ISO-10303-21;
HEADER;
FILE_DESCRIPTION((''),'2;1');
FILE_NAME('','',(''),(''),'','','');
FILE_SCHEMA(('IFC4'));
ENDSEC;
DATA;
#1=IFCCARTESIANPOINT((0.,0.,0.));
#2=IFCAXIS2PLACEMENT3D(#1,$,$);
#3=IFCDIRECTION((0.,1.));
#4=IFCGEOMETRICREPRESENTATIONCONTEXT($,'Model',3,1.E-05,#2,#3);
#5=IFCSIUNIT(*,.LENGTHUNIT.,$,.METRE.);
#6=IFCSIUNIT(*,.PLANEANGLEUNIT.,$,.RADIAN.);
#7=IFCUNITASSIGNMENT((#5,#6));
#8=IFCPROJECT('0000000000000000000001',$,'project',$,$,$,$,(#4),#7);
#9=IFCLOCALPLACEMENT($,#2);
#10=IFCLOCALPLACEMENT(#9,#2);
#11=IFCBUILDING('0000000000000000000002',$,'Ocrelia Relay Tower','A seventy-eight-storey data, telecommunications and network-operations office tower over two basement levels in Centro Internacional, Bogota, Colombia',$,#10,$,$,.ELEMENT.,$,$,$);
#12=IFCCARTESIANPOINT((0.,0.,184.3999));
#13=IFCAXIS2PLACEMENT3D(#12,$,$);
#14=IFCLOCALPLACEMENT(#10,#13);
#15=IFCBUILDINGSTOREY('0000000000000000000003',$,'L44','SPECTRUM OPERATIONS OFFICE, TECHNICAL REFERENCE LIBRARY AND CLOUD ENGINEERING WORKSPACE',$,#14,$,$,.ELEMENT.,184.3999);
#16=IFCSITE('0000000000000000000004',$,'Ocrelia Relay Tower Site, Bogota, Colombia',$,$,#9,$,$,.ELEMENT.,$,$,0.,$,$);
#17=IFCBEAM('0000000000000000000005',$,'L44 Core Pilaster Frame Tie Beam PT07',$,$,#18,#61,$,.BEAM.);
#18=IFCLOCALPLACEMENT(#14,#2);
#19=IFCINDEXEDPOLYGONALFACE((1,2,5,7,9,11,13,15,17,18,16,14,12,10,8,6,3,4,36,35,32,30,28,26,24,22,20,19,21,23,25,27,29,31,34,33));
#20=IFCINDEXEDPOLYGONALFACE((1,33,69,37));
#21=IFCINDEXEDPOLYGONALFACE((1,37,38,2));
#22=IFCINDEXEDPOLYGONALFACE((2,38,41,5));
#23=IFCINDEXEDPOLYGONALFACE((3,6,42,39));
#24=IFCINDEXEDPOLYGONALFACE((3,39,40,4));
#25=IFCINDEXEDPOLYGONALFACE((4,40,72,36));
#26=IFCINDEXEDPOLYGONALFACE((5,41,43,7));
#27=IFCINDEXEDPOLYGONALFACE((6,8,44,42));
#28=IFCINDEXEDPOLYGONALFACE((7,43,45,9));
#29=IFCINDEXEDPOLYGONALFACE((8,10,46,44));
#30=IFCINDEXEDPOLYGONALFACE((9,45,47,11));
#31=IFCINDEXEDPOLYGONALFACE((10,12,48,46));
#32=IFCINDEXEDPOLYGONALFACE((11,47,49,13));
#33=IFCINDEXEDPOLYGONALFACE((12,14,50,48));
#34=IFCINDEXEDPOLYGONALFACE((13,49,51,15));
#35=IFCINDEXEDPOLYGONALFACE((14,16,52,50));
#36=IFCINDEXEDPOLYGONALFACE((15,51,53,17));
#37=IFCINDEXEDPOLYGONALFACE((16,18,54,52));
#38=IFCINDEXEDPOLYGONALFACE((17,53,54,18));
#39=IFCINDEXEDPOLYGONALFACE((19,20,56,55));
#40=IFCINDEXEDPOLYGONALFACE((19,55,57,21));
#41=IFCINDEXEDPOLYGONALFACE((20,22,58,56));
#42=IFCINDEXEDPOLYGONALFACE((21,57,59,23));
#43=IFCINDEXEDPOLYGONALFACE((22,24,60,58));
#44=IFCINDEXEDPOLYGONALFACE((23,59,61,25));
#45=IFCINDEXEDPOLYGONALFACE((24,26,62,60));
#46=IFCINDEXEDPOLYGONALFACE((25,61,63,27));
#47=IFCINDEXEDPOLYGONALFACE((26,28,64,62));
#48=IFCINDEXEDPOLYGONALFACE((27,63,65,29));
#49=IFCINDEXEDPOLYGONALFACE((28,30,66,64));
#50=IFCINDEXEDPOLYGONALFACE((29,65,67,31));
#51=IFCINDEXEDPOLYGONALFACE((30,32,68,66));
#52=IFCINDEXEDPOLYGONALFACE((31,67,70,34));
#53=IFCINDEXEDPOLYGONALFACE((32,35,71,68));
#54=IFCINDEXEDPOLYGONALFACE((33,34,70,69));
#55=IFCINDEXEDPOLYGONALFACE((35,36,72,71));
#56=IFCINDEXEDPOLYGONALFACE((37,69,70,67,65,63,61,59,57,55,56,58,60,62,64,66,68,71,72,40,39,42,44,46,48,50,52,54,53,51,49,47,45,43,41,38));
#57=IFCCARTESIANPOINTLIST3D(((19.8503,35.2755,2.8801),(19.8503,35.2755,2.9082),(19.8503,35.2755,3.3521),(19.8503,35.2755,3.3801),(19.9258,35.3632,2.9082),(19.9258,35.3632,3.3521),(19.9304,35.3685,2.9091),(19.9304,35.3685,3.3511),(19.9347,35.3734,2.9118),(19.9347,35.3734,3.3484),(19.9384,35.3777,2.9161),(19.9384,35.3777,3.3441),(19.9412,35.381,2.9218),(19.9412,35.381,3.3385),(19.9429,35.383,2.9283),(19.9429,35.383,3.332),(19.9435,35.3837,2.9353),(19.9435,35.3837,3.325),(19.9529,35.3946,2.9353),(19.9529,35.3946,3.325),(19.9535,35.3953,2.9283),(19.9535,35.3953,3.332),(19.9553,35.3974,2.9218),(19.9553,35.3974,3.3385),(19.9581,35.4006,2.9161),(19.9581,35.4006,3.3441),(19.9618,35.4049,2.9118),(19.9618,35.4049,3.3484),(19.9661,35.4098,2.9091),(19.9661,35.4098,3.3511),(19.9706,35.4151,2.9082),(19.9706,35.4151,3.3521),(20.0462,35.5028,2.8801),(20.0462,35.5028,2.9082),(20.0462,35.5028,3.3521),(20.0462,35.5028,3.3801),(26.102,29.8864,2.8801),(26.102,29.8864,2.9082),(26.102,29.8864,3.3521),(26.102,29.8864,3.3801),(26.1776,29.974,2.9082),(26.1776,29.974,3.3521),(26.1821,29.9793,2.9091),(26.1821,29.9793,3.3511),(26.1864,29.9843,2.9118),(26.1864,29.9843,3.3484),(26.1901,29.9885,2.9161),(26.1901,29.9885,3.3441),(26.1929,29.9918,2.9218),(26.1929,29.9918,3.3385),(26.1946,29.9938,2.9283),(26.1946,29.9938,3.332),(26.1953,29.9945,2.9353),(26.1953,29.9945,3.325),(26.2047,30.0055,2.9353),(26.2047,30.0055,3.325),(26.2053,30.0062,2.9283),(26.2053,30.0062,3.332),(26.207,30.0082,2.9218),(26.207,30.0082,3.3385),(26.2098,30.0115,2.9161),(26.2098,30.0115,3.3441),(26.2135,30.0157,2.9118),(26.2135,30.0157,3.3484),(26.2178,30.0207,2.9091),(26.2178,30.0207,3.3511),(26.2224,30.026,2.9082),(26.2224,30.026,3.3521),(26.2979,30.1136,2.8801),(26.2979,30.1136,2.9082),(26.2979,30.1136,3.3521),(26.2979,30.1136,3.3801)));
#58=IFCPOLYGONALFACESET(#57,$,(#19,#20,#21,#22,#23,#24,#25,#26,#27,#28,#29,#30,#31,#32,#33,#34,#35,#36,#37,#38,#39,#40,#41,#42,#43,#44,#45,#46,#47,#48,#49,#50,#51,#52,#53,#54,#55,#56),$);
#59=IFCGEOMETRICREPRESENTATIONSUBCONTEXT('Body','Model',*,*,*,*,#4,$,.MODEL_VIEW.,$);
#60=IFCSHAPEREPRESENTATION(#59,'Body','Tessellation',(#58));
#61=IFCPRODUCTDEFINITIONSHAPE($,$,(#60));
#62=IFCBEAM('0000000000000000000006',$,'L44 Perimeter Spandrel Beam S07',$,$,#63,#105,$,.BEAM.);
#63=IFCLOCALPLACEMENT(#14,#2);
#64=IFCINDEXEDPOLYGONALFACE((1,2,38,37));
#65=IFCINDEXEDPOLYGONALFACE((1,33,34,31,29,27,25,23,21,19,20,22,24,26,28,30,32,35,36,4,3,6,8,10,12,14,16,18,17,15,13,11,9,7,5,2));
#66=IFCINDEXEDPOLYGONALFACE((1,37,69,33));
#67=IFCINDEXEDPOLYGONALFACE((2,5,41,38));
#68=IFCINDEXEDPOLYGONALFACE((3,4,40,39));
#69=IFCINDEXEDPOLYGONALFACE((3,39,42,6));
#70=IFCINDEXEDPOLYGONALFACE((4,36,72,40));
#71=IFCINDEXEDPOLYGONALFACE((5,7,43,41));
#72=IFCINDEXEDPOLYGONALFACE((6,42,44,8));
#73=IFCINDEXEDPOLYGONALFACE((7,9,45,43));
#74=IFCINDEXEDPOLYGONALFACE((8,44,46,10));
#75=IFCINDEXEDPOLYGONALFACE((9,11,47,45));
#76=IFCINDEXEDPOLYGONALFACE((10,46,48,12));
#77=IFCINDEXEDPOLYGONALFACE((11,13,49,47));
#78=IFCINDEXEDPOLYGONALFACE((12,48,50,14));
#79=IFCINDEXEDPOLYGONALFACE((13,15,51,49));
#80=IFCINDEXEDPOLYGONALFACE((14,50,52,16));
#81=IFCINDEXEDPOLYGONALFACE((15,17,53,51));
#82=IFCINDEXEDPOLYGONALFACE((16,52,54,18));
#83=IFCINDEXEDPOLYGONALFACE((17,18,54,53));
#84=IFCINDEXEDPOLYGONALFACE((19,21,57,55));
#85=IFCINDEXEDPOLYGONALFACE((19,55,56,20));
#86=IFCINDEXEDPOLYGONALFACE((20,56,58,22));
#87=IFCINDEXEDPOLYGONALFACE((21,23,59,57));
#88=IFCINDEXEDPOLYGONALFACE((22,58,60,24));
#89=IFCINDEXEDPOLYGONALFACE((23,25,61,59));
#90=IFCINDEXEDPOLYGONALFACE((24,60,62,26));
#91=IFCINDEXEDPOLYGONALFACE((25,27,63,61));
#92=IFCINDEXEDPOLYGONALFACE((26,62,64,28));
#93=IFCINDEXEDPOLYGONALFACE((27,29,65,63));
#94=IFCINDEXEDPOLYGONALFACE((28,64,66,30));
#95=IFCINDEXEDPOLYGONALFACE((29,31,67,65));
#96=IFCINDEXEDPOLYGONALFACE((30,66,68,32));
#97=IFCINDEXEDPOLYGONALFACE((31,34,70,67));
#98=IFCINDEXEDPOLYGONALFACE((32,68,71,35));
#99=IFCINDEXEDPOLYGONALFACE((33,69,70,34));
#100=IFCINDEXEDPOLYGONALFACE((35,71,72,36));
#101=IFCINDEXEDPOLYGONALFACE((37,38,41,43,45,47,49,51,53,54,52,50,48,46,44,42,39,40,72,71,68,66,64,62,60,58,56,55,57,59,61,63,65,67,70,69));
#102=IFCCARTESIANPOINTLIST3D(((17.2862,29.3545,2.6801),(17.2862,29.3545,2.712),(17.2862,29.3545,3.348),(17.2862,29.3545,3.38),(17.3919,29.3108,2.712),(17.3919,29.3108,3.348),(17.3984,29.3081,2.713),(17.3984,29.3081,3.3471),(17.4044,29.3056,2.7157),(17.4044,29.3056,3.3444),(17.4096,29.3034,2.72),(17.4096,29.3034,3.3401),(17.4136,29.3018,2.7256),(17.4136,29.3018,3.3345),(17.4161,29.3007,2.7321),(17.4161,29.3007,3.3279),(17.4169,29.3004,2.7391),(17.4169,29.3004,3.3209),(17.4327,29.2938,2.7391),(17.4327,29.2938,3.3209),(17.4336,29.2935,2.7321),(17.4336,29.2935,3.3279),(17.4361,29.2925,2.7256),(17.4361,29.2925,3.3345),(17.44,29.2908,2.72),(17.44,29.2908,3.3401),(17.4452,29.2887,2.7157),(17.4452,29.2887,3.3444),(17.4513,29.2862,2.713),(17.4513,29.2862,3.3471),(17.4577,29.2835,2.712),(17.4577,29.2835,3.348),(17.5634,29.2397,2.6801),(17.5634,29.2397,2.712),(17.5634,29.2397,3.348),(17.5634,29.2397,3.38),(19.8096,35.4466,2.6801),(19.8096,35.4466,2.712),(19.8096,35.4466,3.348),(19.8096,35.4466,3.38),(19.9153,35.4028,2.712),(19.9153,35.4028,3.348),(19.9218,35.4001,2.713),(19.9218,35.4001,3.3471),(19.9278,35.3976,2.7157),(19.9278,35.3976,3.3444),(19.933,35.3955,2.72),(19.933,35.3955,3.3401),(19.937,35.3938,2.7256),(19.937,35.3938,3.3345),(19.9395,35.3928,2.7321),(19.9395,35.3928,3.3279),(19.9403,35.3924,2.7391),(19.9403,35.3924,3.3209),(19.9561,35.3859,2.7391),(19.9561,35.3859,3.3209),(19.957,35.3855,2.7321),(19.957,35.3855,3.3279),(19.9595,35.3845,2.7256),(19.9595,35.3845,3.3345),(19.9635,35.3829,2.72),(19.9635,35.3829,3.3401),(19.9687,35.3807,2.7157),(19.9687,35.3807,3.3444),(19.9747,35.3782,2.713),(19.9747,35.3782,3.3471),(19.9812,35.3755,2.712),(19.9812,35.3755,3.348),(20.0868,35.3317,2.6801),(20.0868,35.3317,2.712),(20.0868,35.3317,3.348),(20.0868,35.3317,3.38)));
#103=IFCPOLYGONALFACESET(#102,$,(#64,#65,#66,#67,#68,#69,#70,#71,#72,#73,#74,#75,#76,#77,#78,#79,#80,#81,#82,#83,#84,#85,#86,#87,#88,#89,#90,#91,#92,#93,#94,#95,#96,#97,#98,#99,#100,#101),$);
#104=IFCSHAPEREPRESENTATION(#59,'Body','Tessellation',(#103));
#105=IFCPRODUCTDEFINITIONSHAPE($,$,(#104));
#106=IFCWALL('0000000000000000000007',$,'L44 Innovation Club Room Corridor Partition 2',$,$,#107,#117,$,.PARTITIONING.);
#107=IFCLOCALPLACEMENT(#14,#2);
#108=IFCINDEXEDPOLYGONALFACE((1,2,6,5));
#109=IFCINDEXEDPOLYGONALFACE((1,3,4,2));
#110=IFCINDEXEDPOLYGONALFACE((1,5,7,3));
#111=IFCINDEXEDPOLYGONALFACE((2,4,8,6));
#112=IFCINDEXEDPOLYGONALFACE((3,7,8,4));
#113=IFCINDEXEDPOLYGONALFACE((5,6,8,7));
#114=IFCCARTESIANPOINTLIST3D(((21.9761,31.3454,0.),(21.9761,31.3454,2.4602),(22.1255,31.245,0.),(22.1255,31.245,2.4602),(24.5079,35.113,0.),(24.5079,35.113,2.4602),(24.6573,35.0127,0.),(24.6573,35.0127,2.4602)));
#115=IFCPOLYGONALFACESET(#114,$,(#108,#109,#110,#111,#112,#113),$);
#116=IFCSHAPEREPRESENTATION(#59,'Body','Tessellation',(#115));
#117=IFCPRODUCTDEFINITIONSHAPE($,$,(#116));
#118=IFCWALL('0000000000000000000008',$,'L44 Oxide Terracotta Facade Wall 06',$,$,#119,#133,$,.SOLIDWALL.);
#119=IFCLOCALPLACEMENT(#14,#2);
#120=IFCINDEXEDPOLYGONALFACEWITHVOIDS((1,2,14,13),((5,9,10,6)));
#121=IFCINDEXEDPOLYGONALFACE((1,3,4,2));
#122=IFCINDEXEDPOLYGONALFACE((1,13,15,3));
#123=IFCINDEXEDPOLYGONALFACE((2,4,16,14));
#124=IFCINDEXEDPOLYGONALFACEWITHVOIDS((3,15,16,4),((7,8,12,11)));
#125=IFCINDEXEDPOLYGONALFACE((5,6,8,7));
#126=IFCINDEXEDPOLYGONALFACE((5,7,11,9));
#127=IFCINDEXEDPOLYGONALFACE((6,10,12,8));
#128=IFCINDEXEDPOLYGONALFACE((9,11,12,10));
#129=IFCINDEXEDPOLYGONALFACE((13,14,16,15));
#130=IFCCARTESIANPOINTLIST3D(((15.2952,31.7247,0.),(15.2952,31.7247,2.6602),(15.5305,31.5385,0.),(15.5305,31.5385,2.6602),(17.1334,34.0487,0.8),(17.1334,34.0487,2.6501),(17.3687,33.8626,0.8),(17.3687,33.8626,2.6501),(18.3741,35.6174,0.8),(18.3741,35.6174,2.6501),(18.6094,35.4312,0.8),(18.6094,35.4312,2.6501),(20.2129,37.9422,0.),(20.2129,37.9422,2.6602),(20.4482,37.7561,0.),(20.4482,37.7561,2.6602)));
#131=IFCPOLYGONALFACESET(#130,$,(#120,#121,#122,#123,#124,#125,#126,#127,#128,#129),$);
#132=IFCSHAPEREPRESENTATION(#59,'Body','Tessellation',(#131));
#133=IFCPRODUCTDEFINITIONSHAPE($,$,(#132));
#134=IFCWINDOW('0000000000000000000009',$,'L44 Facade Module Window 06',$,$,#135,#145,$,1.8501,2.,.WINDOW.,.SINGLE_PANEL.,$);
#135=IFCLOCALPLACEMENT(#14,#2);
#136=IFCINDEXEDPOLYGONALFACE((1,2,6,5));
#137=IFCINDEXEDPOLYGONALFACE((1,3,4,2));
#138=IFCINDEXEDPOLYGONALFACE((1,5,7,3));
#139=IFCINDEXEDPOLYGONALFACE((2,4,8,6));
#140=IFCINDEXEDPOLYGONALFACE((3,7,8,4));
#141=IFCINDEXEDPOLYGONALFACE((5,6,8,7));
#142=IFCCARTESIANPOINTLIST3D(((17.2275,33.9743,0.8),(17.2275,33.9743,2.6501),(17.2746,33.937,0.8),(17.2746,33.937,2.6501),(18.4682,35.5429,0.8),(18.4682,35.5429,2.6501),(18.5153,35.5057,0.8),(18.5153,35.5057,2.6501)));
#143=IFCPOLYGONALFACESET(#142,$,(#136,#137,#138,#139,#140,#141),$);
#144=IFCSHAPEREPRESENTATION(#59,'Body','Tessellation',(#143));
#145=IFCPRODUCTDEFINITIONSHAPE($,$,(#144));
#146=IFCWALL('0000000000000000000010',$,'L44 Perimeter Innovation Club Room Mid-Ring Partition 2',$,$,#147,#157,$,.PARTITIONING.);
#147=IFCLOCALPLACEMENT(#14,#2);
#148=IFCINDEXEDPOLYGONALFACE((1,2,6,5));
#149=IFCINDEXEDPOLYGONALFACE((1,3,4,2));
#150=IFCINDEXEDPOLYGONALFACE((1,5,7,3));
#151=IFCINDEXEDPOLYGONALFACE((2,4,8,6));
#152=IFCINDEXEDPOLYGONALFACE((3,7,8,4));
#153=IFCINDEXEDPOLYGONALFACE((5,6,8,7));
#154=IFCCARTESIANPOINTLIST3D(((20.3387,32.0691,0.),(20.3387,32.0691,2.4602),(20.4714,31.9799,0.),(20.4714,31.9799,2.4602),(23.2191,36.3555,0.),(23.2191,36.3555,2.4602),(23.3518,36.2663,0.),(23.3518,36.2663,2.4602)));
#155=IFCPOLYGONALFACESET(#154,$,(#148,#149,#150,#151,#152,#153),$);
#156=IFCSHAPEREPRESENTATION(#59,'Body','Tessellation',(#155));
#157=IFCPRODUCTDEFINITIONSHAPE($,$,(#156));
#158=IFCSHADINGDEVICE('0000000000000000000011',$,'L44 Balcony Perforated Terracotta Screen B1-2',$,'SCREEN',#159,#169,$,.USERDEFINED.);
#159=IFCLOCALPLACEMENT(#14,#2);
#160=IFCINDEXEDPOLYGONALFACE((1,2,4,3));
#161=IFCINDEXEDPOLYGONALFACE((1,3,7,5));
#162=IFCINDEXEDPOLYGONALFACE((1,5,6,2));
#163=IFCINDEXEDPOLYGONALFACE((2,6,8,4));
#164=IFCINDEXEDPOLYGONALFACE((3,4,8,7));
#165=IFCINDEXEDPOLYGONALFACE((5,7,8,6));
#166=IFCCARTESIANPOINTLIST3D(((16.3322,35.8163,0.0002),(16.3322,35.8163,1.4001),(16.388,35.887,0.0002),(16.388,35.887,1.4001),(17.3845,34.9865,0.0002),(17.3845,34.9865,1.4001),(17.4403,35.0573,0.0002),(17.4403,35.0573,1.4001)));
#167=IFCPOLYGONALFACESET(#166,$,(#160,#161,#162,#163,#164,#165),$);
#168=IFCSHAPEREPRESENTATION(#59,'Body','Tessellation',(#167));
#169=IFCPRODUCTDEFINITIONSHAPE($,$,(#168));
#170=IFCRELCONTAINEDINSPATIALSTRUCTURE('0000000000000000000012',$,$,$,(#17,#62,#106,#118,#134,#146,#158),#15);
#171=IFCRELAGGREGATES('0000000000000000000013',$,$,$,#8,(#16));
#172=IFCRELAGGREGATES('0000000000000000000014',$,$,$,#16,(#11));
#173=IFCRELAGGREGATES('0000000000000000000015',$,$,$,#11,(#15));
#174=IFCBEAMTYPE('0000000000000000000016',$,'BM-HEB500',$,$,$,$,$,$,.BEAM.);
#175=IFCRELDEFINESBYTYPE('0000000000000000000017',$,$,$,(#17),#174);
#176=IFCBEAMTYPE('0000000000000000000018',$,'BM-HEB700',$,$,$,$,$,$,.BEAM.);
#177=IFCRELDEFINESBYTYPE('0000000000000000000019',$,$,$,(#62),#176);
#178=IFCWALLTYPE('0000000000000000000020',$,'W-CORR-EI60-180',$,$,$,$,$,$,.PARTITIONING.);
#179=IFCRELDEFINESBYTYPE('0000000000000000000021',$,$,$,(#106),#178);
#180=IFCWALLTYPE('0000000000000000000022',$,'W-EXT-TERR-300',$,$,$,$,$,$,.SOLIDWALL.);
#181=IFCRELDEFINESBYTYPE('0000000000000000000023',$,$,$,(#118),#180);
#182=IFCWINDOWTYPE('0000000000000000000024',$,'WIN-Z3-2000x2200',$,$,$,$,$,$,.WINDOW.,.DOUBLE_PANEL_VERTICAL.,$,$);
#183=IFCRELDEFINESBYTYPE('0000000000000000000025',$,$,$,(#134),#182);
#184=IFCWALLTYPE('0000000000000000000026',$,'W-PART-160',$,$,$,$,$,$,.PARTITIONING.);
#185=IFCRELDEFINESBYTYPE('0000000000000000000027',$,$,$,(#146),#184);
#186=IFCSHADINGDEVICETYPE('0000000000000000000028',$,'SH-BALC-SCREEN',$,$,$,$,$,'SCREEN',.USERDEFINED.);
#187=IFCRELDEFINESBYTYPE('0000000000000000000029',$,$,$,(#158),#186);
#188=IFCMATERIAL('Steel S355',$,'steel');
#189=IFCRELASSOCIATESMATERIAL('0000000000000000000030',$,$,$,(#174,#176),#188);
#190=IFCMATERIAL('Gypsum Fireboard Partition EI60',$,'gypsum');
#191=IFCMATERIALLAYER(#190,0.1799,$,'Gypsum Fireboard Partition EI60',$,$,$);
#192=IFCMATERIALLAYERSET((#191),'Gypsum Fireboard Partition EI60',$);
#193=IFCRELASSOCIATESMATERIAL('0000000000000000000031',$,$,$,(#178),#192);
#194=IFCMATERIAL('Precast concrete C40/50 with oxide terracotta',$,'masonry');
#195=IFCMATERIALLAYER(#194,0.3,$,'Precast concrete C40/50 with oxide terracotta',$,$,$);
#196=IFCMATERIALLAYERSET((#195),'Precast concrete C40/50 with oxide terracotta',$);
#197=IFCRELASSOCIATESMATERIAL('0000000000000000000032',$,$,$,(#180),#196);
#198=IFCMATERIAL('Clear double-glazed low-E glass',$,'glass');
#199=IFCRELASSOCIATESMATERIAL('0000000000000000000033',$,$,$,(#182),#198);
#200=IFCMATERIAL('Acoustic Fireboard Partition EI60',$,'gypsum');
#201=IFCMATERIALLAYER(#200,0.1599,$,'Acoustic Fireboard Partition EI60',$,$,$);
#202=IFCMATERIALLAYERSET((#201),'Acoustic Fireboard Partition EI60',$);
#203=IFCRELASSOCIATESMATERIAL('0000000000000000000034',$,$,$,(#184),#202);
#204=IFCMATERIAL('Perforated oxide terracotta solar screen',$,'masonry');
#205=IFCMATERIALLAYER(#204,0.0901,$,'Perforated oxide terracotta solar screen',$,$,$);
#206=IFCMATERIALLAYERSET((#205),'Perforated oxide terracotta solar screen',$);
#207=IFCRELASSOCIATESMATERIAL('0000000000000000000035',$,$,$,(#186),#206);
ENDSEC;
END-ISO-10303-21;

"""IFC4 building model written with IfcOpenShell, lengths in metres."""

from ifc_helpers import new_model, si_unit, direction, frame, frame_2d, origin, origin_2d, place, context, subcontext, project, spatial, rectangle, i_section, extrude, material, layer, layer_set, material_profile, profile_set, type_object, element, fill, save


model = new_model("IFC4")

# Units and contexts
model_context = context("Model", 3, precision=1e-05, world=origin(), true_north=direction((0.0, 1.0)))
body_context = subcontext(model_context, "Body", "Model", "MODEL_VIEW")
ifc_project = project(units=[si_unit("LENGTHUNIT", "METRE"), si_unit("PLANEANGLEUNIT", "RADIAN")], contexts=[model_context])

# Site, building, storey
site_placement = place(None, origin())
site = spatial("IfcSite", under=ifc_project, at=site_placement, Name="Ocrelia Relay Tower Site, Bogota, Colombia", CompositionType="ELEMENT", RefElevation=0.0)
building_placement = place(site_placement, origin())
building = spatial("IfcBuilding", under=site, at=building_placement, Name="Ocrelia Relay Tower", Description="A seventy-eight-storey data, telecommunications and network-operations office tower over two basement levels in Centro Internacional, Bogota, Colombia", CompositionType="ELEMENT")
storey_placement = place(building_placement, frame((0.0, 0.0, 184.3999)))
storey = spatial("IfcBuildingStorey", under=building, at=storey_placement, Name="L44", Description="SPECTRUM OPERATIONS OFFICE, TECHNICAL REFERENCE LIBRARY AND CLOUD ENGINEERING WORKSPACE", CompositionType="ELEMENT", Elevation=184.3999)

# Beams
ifc_material_1 = material(Name="Steel S355", Category="steel")
ifc_material_profile_1 = material_profile(ifc_material_1, i_section(OverallWidth=0.3, OverallDepth=0.5, WebThickness=0.0144, FlangeThickness=0.0281, FilletRadius=0.0271, at=origin_2d()), Name="HEB 500")
ifc_profile_set_1 = profile_set([ifc_material_profile_1], Name="Steel S355")
beam_type_1 = type_object("IfcBeamType", Name="BM-HEB500", PredefinedType="BEAM", material=ifc_profile_set_1)
beam_1_placement = place(storey_placement, frame((19.9482, 35.3892, 3.1301), z_axis=(0.757425, -0.652923, 0.0), x_axis=(0.652923, 0.757425, 0.0)))
element("IfcBeam", 1, at=beam_1_placement, inside=storey, type_object=beam_type_1, Name="L44 Core Pilaster Frame Tie Beam PT07", PredefinedType="BEAM", context=body_context, shape_type="SweptSolid", body=[
    extrude(i_section(OverallWidth=0.3, OverallDepth=0.5, WebThickness=0.0144, FlangeThickness=0.0281, FilletRadius=0.0271, at=origin_2d()), origin(), (0.0, 0.0, 1.0), 8.2539),
])
ifc_material_profile_2 = material_profile(ifc_material_1, i_section(OverallWidth=0.3, OverallDepth=0.7, WebThickness=0.0171, FlangeThickness=0.032, FilletRadius=0.0271, at=origin_2d()), Name="HEB 700")
ifc_profile_set_2 = profile_set([ifc_material_profile_2], Name="Steel S355")
beam_type_2 = type_object("IfcBeamType", Name="BM-HEB700", PredefinedType="BEAM", material=ifc_profile_set_2)
beam_2_placement = place(storey_placement, frame((19.9482, 35.3892, 3.03), z_axis=(-0.382688, -0.923878, 0.0), x_axis=(0.923878, -0.382688, 0.0)))
element("IfcBeam", 2, at=beam_2_placement, inside=storey, type_object=beam_type_2, Name="L44 Perimeter Spandrel Beam S07", PredefinedType="BEAM", context=body_context, shape_type="SweptSolid", body=[
    extrude(i_section(OverallWidth=0.3, OverallDepth=0.7, WebThickness=0.0171, FlangeThickness=0.032, FilletRadius=0.0271, at=origin_2d()), origin(), (0.0, 0.0, 1.0), 6.594),
])

# Wall
ifc_material_2 = material(Name="Gypsum Fireboard Partition EI60", Category="gypsum")
ifc_layer_1 = layer(ifc_material_2, 0.1799, Name="Gypsum Fireboard Partition EI60")
ifc_layer_set_1 = layer_set([ifc_layer_1], Name="Gypsum Fireboard Partition EI60")
wall_type_1 = type_object("IfcWallType", Name="W-CORR-EI60-180", PredefinedType="PARTITIONING", material=ifc_layer_set_1)
wall_1_placement = place(storey_placement, frame((24.5825, 35.0627, 0.0), z_axis=(0.0, 0.0, 1.0), x_axis=(-0.55775, -0.830009, 0.0)))
element("IfcWall", 3, at=wall_1_placement, inside=storey, type_object=wall_type_1, Name="L44 Innovation Club Room Corridor Partition 2", PredefinedType="PARTITIONING", context=body_context, shape_type="SweptSolid", body=[
    extrude(rectangle(XDim=4.5393, YDim=0.1799, at=frame_2d((2.2695, 0.0))), origin(), (0.0, 0.0, 1.0), 2.4602),
])

# Wall, opening, window
ifc_material_3 = material(Name="Precast concrete C40/50 with oxide terracotta", Category="masonry")
ifc_layer_2 = layer(ifc_material_3, 0.3, Name="Precast concrete C40/50 with oxide terracotta")
ifc_layer_set_2 = layer_set([ifc_layer_2], Name="Precast concrete C40/50 with oxide terracotta")
wall_type_2 = type_object("IfcWallType", Name="W-EXT-TERR-300", PredefinedType="SOLIDWALL", material=ifc_layer_set_2)
wall_2_placement = place(storey_placement, frame((20.3306, 37.8491, 0.0), z_axis=(0.0, 0.0, 1.0), x_axis=(-0.620355, -0.784321, 0.0)))
wall_2 = element("IfcWall", 4, at=wall_2_placement, inside=storey, type_object=wall_type_2, Name="L44 Oxide Terracotta Facade Wall 06", PredefinedType="SOLIDWALL", context=body_context, shape_type="SweptSolid", body=[
    extrude(rectangle(XDim=7.9272, YDim=0.3, at=frame_2d((3.9636, 0.0))), origin(), (0.0, 0.0, 1.0), 2.6602),
])
opening_placement = place(wall_2_placement, frame((2.9641, 0.0, 0.8)))
opening = element("IfcOpeningElement", 5, at=opening_placement, cuts=wall_2, PredefinedType="OPENING", context=body_context, shape_type="SweptSolid", body=[
    extrude(rectangle(XDim=2.0, YDim=1.8501, at=frame_2d((1.0, 0.925))), frame((0.0, 0.1602, 0.0), z_axis=(0.0, -1.0, 0.0), x_axis=(1.0, 0.0, 0.0)), (0.0, 0.0, 1.0), 0.3201),
])
ifc_material_4 = material(Name="Clear double-glazed low-E glass", Category="glass")
window_type = type_object("IfcWindowType", Name="WIN-Z3-2000x2200", PartitioningType="DOUBLE_PANEL_VERTICAL", PredefinedType="WINDOW", material=ifc_material_4)
window_placement = place(opening_placement, origin())
window = element("IfcWindow", 6, at=window_placement, inside=storey, type_object=window_type, Name="L44 Facade Module Window 06", OverallHeight=1.8501, OverallWidth=2.0, PartitioningType="SINGLE_PANEL", PredefinedType="WINDOW", context=body_context, shape_type="SweptSolid", body=[
    extrude(rectangle(XDim=2.0, YDim=1.8501, at=frame_2d((1.0, 0.925))), frame((0.0, 0.03, 0.0), z_axis=(0.0, -1.0, 0.0), x_axis=(1.0, 0.0, 0.0)), (0.0, 0.0, 1.0), 0.0601),
])
fill(opening, window)

# Wall
ifc_material_5 = material(Name="Acoustic Fireboard Partition EI60", Category="gypsum")
ifc_layer_3 = layer(ifc_material_5, 0.1599, Name="Acoustic Fireboard Partition EI60")
ifc_layer_set_3 = layer_set([ifc_layer_3], Name="Acoustic Fireboard Partition EI60")
wall_type_3 = type_object("IfcWallType", Name="W-PART-160", PredefinedType="PARTITIONING", material=ifc_layer_set_3)
wall_3_placement = place(storey_placement, frame((23.2854, 36.3108, 0.0), z_axis=(0.0, 0.0, 1.0), x_axis=(-0.557751, -0.830008, 0.0)))
element("IfcWall", 7, at=wall_3_placement, inside=storey, type_object=wall_type_3, Name="L44 Perimeter Innovation Club Room Mid-Ring Partition 2", PredefinedType="PARTITIONING", context=body_context, shape_type="SweptSolid", body=[
    extrude(rectangle(XDim=5.1643, YDim=0.1599, at=frame_2d((2.582, 0.0))), origin(), (0.0, 0.0, 1.0), 2.4602),
])

# Shading device
ifc_material_6 = material(Name="Perforated oxide terracotta solar screen", Category="masonry")
ifc_layer_4 = layer(ifc_material_6, 0.0901, Name="Perforated oxide terracotta solar screen")
ifc_layer_set_4 = layer_set([ifc_layer_4], Name="Perforated oxide terracotta solar screen")
shading_device_type_1 = type_object("IfcShadingDeviceType", Name="SH-BALC-SCREEN", ElementType="SCREEN", PredefinedType="USERDEFINED", material=ifc_layer_set_4)
shading_device_1_placement = place(storey_placement, frame((16.8862, 35.4368, 0.0002), z_axis=(0.0, 0.0, 1.0), x_axis=(-0.785274, 0.619149, 0.0)))
element("IfcShadingDevice", 8, at=shading_device_1_placement, inside=storey, type_object=shading_device_type_1, Name="L44 Balcony Perforated Terracotta Screen B1-2", ObjectType="SCREEN", PredefinedType="USERDEFINED", context=body_context, shape_type="SweptSolid", body=[
    extrude(rectangle(XDim=1.3401, YDim=0.0901, at=origin_2d()), origin(), (0.0, 0.0, 1.0), 1.3999),
])

save(model, "model.ifc")
